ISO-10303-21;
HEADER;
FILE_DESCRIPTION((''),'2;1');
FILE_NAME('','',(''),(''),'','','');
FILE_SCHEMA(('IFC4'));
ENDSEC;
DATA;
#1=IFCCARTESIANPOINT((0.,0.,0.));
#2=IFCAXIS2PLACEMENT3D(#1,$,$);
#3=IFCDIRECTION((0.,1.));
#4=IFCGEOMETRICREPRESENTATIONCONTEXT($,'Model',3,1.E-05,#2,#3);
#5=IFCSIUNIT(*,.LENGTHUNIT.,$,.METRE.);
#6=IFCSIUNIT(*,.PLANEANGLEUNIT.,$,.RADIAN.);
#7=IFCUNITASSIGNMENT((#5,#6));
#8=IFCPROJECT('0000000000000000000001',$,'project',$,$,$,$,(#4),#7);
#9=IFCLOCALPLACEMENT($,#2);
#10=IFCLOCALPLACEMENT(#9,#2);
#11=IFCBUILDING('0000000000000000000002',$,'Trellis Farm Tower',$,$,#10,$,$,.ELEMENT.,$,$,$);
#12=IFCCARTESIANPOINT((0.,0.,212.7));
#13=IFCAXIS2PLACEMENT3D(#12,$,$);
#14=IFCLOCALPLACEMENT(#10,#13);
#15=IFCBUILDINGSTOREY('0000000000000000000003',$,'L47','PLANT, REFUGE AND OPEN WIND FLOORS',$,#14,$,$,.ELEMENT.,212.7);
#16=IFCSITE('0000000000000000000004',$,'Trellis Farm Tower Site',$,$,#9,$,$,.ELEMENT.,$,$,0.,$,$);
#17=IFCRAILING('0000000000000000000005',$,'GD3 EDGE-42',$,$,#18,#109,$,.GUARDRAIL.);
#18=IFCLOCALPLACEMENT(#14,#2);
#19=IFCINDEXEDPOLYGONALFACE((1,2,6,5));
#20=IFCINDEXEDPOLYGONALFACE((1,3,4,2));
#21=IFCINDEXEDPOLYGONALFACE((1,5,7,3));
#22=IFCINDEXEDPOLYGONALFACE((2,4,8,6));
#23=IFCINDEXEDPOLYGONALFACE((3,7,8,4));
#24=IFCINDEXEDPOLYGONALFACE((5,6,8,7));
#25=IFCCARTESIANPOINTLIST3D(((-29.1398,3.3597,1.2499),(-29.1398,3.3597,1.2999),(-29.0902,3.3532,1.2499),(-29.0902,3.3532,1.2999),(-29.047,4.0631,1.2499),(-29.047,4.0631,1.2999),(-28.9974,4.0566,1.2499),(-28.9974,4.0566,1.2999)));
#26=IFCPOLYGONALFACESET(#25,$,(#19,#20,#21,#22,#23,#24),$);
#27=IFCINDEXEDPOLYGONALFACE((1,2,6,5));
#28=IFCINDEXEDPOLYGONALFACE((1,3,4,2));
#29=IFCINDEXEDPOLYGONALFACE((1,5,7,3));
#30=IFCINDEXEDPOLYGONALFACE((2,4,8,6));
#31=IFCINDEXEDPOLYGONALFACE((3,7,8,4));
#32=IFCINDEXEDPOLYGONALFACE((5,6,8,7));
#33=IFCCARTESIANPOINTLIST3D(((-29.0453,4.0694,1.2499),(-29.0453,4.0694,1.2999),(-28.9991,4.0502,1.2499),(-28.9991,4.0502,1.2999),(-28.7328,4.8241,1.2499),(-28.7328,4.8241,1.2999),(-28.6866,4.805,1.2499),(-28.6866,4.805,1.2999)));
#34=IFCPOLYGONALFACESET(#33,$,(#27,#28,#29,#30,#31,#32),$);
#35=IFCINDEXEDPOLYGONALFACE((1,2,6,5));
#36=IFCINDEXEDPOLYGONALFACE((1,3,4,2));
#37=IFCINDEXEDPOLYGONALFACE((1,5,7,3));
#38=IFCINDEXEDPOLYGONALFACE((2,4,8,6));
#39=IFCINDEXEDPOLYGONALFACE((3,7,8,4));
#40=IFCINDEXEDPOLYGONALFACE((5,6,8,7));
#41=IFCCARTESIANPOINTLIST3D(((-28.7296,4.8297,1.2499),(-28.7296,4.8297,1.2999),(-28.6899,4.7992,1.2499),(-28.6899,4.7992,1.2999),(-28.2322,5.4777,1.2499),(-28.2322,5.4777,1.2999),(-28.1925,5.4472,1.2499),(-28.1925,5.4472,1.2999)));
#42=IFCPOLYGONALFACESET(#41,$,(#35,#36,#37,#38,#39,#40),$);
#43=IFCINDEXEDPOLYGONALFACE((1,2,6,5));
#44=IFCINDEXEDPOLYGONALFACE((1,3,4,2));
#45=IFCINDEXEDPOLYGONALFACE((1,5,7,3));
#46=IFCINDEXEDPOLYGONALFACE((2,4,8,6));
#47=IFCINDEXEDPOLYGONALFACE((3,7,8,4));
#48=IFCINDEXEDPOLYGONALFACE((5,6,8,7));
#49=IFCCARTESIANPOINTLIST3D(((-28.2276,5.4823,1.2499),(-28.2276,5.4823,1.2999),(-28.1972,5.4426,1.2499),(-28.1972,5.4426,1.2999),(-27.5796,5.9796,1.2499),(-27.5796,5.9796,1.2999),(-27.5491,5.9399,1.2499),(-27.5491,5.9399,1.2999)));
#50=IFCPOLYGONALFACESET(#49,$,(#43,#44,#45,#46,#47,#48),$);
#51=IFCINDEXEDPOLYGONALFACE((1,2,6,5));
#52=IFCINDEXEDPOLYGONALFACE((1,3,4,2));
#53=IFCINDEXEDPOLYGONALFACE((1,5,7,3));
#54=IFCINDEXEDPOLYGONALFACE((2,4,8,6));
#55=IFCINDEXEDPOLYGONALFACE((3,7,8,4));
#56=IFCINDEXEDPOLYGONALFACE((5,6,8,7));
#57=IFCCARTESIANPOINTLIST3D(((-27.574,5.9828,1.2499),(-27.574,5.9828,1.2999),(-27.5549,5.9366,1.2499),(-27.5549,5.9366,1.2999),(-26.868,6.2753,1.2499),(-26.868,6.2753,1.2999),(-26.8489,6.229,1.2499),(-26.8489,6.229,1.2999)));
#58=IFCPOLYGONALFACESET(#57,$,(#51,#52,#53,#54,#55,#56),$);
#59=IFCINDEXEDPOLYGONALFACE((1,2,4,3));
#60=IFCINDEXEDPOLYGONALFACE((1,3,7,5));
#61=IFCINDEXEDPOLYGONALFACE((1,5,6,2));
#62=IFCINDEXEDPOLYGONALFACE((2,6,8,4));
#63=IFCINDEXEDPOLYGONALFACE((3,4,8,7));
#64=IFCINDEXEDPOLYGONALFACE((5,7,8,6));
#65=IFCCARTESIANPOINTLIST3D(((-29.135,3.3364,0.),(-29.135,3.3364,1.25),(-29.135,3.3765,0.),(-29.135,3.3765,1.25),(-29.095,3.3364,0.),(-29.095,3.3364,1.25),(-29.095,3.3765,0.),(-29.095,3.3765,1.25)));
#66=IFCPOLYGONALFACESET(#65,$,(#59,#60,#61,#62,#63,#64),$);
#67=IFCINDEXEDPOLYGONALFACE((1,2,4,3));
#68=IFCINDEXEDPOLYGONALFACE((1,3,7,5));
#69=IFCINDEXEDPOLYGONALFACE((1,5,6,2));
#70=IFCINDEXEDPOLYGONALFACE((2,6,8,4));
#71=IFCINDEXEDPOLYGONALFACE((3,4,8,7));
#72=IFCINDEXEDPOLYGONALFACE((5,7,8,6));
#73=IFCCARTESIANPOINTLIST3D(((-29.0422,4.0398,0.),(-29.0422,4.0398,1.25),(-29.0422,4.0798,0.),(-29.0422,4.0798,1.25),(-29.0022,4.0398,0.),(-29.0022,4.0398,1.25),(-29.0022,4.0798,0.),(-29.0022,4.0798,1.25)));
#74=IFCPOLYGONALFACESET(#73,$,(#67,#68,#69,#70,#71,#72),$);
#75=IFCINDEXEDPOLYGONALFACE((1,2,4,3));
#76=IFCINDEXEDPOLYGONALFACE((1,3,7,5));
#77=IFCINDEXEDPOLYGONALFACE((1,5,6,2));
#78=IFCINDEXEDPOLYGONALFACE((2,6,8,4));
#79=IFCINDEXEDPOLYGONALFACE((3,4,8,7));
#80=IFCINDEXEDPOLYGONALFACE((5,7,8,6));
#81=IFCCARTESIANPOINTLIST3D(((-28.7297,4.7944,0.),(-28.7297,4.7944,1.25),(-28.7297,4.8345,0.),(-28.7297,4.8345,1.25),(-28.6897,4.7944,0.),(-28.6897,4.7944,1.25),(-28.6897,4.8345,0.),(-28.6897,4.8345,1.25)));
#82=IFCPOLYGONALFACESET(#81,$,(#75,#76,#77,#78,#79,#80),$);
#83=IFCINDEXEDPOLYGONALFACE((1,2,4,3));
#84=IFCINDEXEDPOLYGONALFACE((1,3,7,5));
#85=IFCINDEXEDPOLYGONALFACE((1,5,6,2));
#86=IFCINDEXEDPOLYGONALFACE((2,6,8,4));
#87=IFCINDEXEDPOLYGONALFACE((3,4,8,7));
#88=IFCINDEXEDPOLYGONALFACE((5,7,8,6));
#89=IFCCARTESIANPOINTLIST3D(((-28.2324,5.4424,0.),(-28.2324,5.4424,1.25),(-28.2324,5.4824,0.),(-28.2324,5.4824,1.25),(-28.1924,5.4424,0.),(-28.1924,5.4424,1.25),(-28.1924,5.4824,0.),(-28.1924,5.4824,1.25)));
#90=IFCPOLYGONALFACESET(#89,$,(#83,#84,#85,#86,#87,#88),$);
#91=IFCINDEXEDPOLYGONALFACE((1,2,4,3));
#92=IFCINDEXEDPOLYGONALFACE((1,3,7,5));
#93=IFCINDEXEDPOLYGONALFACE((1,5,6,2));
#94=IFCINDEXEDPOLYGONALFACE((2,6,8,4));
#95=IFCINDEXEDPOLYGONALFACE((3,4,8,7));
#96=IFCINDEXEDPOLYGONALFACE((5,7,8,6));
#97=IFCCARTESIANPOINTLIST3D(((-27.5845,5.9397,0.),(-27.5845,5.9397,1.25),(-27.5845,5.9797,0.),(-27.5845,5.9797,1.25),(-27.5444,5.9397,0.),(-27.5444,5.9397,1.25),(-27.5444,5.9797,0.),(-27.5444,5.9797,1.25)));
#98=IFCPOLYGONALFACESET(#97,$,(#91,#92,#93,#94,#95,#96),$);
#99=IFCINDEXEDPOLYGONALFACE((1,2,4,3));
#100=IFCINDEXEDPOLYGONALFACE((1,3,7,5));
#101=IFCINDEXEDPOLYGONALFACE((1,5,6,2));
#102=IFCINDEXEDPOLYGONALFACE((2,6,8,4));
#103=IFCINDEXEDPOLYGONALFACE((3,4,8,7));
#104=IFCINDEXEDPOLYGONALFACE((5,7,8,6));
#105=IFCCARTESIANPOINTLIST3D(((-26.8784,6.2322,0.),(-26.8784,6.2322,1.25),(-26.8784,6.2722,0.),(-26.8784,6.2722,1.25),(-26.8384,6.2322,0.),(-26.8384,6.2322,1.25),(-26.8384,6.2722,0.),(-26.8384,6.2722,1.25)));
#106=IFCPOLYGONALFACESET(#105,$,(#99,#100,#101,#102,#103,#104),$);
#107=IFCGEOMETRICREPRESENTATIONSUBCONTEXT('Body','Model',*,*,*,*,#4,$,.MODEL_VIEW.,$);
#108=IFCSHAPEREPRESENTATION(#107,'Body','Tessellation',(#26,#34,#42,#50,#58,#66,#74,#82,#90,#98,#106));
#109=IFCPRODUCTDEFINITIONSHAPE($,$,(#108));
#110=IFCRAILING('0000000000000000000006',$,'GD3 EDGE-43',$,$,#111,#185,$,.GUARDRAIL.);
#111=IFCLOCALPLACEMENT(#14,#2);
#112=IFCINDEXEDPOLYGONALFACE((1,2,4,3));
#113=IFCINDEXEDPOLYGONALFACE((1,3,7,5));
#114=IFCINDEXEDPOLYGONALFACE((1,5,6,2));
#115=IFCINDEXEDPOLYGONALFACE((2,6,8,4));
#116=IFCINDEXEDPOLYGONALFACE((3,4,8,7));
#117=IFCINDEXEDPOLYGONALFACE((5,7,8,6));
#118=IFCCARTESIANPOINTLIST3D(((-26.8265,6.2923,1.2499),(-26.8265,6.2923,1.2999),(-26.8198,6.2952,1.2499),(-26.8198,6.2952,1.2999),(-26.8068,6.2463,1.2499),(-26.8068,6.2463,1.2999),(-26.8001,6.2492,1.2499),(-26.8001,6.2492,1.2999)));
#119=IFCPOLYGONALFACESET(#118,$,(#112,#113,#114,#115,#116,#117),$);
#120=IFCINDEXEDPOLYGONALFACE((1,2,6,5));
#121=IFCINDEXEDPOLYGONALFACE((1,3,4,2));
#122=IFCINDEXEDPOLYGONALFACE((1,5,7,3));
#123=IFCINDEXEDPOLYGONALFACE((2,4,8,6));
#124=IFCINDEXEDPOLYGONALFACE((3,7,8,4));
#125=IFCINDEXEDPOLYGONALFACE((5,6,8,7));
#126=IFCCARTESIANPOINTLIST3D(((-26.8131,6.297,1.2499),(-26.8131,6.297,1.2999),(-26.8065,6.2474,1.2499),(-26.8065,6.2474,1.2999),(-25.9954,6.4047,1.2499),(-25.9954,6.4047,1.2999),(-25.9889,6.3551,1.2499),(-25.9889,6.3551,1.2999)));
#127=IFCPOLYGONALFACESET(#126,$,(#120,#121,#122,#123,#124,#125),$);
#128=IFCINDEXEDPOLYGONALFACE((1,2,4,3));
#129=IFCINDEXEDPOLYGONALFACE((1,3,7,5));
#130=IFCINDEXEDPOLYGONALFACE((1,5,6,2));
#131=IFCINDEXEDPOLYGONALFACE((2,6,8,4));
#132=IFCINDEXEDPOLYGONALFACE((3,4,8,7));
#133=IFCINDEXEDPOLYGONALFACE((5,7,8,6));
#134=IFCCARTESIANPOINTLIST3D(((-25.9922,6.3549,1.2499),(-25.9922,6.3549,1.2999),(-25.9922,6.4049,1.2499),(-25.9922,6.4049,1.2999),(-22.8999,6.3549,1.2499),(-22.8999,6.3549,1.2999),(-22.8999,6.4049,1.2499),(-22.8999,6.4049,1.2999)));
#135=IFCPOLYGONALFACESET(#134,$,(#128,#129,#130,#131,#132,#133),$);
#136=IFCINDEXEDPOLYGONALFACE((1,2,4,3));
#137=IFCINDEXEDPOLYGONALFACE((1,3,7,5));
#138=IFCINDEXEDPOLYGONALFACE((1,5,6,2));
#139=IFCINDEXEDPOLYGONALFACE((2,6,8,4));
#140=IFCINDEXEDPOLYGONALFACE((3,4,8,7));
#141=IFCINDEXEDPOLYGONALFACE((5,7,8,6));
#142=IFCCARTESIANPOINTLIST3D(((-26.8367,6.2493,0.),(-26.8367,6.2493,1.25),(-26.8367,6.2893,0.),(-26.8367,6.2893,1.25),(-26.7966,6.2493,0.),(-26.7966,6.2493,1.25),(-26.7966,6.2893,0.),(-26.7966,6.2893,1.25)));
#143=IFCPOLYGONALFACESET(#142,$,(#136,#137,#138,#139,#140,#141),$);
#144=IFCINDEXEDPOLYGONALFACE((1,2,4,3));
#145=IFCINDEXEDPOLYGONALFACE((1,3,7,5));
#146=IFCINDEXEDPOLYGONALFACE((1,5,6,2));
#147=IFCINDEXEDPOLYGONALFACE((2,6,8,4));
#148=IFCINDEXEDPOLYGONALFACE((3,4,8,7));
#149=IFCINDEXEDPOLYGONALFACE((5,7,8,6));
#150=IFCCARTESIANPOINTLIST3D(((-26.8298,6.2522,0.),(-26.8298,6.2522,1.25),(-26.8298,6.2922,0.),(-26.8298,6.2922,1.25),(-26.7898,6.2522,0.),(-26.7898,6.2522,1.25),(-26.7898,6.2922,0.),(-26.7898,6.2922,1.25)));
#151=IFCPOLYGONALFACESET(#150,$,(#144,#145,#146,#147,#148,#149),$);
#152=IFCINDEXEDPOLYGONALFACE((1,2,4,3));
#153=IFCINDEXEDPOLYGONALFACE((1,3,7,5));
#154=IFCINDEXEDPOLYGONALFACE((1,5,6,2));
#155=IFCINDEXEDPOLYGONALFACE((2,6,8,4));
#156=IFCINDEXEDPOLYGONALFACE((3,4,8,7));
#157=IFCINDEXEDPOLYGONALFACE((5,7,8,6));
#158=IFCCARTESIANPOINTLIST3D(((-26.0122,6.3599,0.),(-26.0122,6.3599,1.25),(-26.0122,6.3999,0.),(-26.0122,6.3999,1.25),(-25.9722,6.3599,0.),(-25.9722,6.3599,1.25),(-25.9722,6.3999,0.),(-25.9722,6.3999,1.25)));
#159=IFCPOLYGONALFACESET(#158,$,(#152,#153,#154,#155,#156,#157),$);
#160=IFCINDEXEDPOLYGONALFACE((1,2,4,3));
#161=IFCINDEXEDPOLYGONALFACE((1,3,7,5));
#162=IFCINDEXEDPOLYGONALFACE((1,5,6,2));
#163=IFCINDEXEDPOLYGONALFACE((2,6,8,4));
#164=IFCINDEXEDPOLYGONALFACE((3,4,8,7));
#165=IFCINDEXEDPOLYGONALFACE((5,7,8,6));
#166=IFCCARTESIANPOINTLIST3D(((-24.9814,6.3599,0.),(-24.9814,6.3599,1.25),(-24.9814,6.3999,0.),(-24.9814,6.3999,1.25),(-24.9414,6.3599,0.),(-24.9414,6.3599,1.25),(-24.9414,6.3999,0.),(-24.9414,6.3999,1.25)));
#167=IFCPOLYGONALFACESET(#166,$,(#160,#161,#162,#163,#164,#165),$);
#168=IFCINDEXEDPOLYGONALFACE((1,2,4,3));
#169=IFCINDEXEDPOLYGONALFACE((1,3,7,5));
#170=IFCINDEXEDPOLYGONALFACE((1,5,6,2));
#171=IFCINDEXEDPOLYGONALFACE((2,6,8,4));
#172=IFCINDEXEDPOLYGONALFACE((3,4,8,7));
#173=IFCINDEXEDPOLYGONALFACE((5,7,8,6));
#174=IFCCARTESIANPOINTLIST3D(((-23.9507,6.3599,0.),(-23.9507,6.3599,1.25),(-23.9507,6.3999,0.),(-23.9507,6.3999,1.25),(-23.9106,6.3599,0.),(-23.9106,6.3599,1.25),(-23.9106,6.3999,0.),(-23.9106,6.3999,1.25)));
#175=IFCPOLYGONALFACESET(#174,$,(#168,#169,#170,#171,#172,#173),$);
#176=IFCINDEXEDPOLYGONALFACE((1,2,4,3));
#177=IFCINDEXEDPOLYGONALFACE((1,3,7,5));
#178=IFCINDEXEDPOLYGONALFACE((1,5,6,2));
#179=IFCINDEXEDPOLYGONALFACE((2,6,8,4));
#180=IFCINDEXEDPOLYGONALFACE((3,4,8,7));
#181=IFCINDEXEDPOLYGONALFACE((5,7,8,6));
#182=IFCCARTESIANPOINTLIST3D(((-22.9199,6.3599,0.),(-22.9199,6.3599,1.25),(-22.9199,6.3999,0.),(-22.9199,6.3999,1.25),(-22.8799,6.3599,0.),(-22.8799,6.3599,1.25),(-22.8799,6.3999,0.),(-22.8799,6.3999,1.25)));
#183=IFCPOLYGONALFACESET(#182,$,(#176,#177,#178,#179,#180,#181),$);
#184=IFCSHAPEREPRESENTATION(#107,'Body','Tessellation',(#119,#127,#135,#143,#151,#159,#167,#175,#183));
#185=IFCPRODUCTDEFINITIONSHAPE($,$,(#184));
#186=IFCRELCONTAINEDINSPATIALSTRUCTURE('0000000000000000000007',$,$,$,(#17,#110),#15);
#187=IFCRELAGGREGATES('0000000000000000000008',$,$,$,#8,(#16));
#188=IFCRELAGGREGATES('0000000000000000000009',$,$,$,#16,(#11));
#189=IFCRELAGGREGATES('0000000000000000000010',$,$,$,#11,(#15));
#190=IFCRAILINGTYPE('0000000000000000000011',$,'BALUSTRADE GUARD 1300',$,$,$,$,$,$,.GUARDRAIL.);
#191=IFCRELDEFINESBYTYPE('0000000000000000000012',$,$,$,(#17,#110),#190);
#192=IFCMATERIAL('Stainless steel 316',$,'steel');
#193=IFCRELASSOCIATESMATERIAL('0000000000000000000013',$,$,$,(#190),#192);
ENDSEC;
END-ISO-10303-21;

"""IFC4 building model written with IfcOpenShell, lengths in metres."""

from ifc_helpers import new_model, si_unit, direction, frame, origin, origin_2d, place, context, subcontext, project, spatial, rectangle, extrude, material, type_object, element, save


model = new_model("IFC4")

# Units and contexts
model_context = context("Model", 3, precision=1e-05, world=origin(), true_north=direction((0.0, 1.0)))
body_context = subcontext(model_context, "Body", "Model", "MODEL_VIEW")
ifc_project = project(units=[si_unit("LENGTHUNIT", "METRE"), si_unit("PLANEANGLEUNIT", "RADIAN")], contexts=[model_context])

# Site, building, storey
site_placement = place(None, origin())
site = spatial("IfcSite", under=ifc_project, at=site_placement, Name="Trellis Farm Tower Site", CompositionType="ELEMENT", RefElevation=0.0)
building_placement = place(site_placement, origin())
building = spatial("IfcBuilding", under=site, at=building_placement, Name="Trellis Farm Tower", CompositionType="ELEMENT")
storey_placement = place(building_placement, frame((0.0, 0.0, 212.7)))
storey = spatial("IfcBuildingStorey", under=building, at=storey_placement, Name="L47", Description="PLANT, REFUGE AND OPEN WIND FLOORS", CompositionType="ELEMENT", Elevation=212.7)

# Railings
ifc_material_1 = material(Name="Stainless steel 316", Category="steel")
railing_type_1 = type_object("IfcRailingType", Name="BALUSTRADE GUARD 1300", PredefinedType="GUARDRAIL", material=ifc_material_1)
railing_1_placement = place(storey_placement, frame((-29.115, 3.3564, 0.0)))
element("IfcRailing", 1, at=railing_1_placement, inside=storey, type_object=railing_type_1, Name="GD3 EDGE-42", PredefinedType="GUARDRAIL", context=body_context, shape_type="SweptSolid", body=[
    extrude(rectangle(XDim=0.05, YDim=0.05, at=origin_2d()), frame((0.0, 0.0, 1.2749), z_axis=(0.130766, 0.991413, 0.0), x_axis=(-0.991413, 0.130766, 0.0)), (0.0, 0.0, 1.0), 0.7095),
    extrude(rectangle(XDim=0.05, YDim=0.05, at=origin_2d()), frame((0.0928, 0.7034, 1.2749), z_axis=(0.382598, 0.923915, 0.0), x_axis=(-0.923915, 0.382598, 0.0)), (0.0, 0.0, 1.0), 0.8169),
    extrude(rectangle(XDim=0.05, YDim=0.05, at=origin_2d()), frame((0.4053, 1.458, 1.2749), z_axis=(0.608858, 0.793279, 0.0), x_axis=(-0.793279, 0.608858, 0.0)), (0.0, 0.0, 1.0), 0.8169),
    extrude(rectangle(XDim=0.05, YDim=0.05, at=origin_2d()), frame((0.9026, 2.106, 1.2749), z_axis=(0.793279, 0.608858, 0.0), x_axis=(-0.608858, 0.793279, 0.0)), (0.0, 0.0, 1.0), 0.8169),
    extrude(rectangle(XDim=0.05, YDim=0.05, at=origin_2d()), frame((1.5505, 2.6033, 1.2749), z_axis=(0.923869, 0.382709, 0.0), x_axis=(-0.382709, 0.923869, 0.0)), (0.0, 0.0, 1.0), 0.7642),
    extrude(rectangle(XDim=0.04, YDim=0.04, at=origin_2d()), origin(), (0.0, 0.0, 1.0), 1.25),
    extrude(rectangle(XDim=0.04, YDim=0.04, at=origin_2d()), frame((0.0928, 0.7034, 0.0)), (0.0, 0.0, 1.0), 1.25),
    extrude(rectangle(XDim=0.04, YDim=0.04, at=origin_2d()), frame((0.4053, 1.458, 0.0)), (0.0, 0.0, 1.0), 1.25),
    extrude(rectangle(XDim=0.04, YDim=0.04, at=origin_2d()), frame((0.9026, 2.106, 0.0)), (0.0, 0.0, 1.0), 1.25),
    extrude(rectangle(XDim=0.04, YDim=0.04, at=origin_2d()), frame((1.5505, 2.6033, 0.0)), (0.0, 0.0, 1.0), 1.25),
    extrude(rectangle(XDim=0.04, YDim=0.04, at=origin_2d()), frame((2.2566, 2.8958, 0.0)), (0.0, 0.0, 1.0), 1.25),
])
railing_2_placement = place(storey_placement, frame((-26.8167, 6.2693, 0.0)))
element("IfcRailing", 2, at=railing_2_placement, inside=storey, type_object=railing_type_1, Name="GD3 EDGE-43", PredefinedType="GUARDRAIL", context=body_context, shape_type="SweptSolid", body=[
    extrude(rectangle(XDim=0.05, YDim=0.05, at=origin_2d()), frame((0.0, 0.0, 1.2749), z_axis=(0.919145, 0.393919, 0.0), x_axis=(-0.393919, 0.919145, 0.0)), (0.0, 0.0, 1.0), 0.0073),
    extrude(rectangle(XDim=0.05, YDim=0.05, at=origin_2d()), frame((0.0068, 0.0029, 1.2749), z_axis=(0.991441, 0.130554, 0.0), x_axis=(-0.130554, 0.991441, 0.0)), (0.0, 0.0, 1.0), 0.8247),
    extrude(rectangle(XDim=0.05, YDim=0.05, at=origin_2d()), frame((0.8245, 0.1106, 1.2749), z_axis=(1.0, 0.0, 0.0), x_axis=(0.0, 1.0, 0.0)), (0.0, 0.0, 1.0), 3.0923),
    extrude(rectangle(XDim=0.04, YDim=0.04, at=origin_2d()), origin(), (0.0, 0.0, 1.0), 1.25),
    extrude(rectangle(XDim=0.04, YDim=0.04, at=origin_2d()), frame((0.0068, 0.0029, 0.0)), (0.0, 0.0, 1.0), 1.25),
    extrude(rectangle(XDim=0.04, YDim=0.04, at=origin_2d()), frame((0.8245, 0.1106, 0.0)), (0.0, 0.0, 1.0), 1.25),
    extrude(rectangle(XDim=0.04, YDim=0.04, at=origin_2d()), frame((1.8552, 0.1106, 0.0)), (0.0, 0.0, 1.0), 1.25),
    extrude(rectangle(XDim=0.04, YDim=0.04, at=origin_2d()), frame((2.886, 0.1106, 0.0)), (0.0, 0.0, 1.0), 1.25),
    extrude(rectangle(XDim=0.04, YDim=0.04, at=origin_2d()), frame((3.9167, 0.1106, 0.0)), (0.0, 0.0, 1.0), 1.25),
])

save(model, "model.ifc")
